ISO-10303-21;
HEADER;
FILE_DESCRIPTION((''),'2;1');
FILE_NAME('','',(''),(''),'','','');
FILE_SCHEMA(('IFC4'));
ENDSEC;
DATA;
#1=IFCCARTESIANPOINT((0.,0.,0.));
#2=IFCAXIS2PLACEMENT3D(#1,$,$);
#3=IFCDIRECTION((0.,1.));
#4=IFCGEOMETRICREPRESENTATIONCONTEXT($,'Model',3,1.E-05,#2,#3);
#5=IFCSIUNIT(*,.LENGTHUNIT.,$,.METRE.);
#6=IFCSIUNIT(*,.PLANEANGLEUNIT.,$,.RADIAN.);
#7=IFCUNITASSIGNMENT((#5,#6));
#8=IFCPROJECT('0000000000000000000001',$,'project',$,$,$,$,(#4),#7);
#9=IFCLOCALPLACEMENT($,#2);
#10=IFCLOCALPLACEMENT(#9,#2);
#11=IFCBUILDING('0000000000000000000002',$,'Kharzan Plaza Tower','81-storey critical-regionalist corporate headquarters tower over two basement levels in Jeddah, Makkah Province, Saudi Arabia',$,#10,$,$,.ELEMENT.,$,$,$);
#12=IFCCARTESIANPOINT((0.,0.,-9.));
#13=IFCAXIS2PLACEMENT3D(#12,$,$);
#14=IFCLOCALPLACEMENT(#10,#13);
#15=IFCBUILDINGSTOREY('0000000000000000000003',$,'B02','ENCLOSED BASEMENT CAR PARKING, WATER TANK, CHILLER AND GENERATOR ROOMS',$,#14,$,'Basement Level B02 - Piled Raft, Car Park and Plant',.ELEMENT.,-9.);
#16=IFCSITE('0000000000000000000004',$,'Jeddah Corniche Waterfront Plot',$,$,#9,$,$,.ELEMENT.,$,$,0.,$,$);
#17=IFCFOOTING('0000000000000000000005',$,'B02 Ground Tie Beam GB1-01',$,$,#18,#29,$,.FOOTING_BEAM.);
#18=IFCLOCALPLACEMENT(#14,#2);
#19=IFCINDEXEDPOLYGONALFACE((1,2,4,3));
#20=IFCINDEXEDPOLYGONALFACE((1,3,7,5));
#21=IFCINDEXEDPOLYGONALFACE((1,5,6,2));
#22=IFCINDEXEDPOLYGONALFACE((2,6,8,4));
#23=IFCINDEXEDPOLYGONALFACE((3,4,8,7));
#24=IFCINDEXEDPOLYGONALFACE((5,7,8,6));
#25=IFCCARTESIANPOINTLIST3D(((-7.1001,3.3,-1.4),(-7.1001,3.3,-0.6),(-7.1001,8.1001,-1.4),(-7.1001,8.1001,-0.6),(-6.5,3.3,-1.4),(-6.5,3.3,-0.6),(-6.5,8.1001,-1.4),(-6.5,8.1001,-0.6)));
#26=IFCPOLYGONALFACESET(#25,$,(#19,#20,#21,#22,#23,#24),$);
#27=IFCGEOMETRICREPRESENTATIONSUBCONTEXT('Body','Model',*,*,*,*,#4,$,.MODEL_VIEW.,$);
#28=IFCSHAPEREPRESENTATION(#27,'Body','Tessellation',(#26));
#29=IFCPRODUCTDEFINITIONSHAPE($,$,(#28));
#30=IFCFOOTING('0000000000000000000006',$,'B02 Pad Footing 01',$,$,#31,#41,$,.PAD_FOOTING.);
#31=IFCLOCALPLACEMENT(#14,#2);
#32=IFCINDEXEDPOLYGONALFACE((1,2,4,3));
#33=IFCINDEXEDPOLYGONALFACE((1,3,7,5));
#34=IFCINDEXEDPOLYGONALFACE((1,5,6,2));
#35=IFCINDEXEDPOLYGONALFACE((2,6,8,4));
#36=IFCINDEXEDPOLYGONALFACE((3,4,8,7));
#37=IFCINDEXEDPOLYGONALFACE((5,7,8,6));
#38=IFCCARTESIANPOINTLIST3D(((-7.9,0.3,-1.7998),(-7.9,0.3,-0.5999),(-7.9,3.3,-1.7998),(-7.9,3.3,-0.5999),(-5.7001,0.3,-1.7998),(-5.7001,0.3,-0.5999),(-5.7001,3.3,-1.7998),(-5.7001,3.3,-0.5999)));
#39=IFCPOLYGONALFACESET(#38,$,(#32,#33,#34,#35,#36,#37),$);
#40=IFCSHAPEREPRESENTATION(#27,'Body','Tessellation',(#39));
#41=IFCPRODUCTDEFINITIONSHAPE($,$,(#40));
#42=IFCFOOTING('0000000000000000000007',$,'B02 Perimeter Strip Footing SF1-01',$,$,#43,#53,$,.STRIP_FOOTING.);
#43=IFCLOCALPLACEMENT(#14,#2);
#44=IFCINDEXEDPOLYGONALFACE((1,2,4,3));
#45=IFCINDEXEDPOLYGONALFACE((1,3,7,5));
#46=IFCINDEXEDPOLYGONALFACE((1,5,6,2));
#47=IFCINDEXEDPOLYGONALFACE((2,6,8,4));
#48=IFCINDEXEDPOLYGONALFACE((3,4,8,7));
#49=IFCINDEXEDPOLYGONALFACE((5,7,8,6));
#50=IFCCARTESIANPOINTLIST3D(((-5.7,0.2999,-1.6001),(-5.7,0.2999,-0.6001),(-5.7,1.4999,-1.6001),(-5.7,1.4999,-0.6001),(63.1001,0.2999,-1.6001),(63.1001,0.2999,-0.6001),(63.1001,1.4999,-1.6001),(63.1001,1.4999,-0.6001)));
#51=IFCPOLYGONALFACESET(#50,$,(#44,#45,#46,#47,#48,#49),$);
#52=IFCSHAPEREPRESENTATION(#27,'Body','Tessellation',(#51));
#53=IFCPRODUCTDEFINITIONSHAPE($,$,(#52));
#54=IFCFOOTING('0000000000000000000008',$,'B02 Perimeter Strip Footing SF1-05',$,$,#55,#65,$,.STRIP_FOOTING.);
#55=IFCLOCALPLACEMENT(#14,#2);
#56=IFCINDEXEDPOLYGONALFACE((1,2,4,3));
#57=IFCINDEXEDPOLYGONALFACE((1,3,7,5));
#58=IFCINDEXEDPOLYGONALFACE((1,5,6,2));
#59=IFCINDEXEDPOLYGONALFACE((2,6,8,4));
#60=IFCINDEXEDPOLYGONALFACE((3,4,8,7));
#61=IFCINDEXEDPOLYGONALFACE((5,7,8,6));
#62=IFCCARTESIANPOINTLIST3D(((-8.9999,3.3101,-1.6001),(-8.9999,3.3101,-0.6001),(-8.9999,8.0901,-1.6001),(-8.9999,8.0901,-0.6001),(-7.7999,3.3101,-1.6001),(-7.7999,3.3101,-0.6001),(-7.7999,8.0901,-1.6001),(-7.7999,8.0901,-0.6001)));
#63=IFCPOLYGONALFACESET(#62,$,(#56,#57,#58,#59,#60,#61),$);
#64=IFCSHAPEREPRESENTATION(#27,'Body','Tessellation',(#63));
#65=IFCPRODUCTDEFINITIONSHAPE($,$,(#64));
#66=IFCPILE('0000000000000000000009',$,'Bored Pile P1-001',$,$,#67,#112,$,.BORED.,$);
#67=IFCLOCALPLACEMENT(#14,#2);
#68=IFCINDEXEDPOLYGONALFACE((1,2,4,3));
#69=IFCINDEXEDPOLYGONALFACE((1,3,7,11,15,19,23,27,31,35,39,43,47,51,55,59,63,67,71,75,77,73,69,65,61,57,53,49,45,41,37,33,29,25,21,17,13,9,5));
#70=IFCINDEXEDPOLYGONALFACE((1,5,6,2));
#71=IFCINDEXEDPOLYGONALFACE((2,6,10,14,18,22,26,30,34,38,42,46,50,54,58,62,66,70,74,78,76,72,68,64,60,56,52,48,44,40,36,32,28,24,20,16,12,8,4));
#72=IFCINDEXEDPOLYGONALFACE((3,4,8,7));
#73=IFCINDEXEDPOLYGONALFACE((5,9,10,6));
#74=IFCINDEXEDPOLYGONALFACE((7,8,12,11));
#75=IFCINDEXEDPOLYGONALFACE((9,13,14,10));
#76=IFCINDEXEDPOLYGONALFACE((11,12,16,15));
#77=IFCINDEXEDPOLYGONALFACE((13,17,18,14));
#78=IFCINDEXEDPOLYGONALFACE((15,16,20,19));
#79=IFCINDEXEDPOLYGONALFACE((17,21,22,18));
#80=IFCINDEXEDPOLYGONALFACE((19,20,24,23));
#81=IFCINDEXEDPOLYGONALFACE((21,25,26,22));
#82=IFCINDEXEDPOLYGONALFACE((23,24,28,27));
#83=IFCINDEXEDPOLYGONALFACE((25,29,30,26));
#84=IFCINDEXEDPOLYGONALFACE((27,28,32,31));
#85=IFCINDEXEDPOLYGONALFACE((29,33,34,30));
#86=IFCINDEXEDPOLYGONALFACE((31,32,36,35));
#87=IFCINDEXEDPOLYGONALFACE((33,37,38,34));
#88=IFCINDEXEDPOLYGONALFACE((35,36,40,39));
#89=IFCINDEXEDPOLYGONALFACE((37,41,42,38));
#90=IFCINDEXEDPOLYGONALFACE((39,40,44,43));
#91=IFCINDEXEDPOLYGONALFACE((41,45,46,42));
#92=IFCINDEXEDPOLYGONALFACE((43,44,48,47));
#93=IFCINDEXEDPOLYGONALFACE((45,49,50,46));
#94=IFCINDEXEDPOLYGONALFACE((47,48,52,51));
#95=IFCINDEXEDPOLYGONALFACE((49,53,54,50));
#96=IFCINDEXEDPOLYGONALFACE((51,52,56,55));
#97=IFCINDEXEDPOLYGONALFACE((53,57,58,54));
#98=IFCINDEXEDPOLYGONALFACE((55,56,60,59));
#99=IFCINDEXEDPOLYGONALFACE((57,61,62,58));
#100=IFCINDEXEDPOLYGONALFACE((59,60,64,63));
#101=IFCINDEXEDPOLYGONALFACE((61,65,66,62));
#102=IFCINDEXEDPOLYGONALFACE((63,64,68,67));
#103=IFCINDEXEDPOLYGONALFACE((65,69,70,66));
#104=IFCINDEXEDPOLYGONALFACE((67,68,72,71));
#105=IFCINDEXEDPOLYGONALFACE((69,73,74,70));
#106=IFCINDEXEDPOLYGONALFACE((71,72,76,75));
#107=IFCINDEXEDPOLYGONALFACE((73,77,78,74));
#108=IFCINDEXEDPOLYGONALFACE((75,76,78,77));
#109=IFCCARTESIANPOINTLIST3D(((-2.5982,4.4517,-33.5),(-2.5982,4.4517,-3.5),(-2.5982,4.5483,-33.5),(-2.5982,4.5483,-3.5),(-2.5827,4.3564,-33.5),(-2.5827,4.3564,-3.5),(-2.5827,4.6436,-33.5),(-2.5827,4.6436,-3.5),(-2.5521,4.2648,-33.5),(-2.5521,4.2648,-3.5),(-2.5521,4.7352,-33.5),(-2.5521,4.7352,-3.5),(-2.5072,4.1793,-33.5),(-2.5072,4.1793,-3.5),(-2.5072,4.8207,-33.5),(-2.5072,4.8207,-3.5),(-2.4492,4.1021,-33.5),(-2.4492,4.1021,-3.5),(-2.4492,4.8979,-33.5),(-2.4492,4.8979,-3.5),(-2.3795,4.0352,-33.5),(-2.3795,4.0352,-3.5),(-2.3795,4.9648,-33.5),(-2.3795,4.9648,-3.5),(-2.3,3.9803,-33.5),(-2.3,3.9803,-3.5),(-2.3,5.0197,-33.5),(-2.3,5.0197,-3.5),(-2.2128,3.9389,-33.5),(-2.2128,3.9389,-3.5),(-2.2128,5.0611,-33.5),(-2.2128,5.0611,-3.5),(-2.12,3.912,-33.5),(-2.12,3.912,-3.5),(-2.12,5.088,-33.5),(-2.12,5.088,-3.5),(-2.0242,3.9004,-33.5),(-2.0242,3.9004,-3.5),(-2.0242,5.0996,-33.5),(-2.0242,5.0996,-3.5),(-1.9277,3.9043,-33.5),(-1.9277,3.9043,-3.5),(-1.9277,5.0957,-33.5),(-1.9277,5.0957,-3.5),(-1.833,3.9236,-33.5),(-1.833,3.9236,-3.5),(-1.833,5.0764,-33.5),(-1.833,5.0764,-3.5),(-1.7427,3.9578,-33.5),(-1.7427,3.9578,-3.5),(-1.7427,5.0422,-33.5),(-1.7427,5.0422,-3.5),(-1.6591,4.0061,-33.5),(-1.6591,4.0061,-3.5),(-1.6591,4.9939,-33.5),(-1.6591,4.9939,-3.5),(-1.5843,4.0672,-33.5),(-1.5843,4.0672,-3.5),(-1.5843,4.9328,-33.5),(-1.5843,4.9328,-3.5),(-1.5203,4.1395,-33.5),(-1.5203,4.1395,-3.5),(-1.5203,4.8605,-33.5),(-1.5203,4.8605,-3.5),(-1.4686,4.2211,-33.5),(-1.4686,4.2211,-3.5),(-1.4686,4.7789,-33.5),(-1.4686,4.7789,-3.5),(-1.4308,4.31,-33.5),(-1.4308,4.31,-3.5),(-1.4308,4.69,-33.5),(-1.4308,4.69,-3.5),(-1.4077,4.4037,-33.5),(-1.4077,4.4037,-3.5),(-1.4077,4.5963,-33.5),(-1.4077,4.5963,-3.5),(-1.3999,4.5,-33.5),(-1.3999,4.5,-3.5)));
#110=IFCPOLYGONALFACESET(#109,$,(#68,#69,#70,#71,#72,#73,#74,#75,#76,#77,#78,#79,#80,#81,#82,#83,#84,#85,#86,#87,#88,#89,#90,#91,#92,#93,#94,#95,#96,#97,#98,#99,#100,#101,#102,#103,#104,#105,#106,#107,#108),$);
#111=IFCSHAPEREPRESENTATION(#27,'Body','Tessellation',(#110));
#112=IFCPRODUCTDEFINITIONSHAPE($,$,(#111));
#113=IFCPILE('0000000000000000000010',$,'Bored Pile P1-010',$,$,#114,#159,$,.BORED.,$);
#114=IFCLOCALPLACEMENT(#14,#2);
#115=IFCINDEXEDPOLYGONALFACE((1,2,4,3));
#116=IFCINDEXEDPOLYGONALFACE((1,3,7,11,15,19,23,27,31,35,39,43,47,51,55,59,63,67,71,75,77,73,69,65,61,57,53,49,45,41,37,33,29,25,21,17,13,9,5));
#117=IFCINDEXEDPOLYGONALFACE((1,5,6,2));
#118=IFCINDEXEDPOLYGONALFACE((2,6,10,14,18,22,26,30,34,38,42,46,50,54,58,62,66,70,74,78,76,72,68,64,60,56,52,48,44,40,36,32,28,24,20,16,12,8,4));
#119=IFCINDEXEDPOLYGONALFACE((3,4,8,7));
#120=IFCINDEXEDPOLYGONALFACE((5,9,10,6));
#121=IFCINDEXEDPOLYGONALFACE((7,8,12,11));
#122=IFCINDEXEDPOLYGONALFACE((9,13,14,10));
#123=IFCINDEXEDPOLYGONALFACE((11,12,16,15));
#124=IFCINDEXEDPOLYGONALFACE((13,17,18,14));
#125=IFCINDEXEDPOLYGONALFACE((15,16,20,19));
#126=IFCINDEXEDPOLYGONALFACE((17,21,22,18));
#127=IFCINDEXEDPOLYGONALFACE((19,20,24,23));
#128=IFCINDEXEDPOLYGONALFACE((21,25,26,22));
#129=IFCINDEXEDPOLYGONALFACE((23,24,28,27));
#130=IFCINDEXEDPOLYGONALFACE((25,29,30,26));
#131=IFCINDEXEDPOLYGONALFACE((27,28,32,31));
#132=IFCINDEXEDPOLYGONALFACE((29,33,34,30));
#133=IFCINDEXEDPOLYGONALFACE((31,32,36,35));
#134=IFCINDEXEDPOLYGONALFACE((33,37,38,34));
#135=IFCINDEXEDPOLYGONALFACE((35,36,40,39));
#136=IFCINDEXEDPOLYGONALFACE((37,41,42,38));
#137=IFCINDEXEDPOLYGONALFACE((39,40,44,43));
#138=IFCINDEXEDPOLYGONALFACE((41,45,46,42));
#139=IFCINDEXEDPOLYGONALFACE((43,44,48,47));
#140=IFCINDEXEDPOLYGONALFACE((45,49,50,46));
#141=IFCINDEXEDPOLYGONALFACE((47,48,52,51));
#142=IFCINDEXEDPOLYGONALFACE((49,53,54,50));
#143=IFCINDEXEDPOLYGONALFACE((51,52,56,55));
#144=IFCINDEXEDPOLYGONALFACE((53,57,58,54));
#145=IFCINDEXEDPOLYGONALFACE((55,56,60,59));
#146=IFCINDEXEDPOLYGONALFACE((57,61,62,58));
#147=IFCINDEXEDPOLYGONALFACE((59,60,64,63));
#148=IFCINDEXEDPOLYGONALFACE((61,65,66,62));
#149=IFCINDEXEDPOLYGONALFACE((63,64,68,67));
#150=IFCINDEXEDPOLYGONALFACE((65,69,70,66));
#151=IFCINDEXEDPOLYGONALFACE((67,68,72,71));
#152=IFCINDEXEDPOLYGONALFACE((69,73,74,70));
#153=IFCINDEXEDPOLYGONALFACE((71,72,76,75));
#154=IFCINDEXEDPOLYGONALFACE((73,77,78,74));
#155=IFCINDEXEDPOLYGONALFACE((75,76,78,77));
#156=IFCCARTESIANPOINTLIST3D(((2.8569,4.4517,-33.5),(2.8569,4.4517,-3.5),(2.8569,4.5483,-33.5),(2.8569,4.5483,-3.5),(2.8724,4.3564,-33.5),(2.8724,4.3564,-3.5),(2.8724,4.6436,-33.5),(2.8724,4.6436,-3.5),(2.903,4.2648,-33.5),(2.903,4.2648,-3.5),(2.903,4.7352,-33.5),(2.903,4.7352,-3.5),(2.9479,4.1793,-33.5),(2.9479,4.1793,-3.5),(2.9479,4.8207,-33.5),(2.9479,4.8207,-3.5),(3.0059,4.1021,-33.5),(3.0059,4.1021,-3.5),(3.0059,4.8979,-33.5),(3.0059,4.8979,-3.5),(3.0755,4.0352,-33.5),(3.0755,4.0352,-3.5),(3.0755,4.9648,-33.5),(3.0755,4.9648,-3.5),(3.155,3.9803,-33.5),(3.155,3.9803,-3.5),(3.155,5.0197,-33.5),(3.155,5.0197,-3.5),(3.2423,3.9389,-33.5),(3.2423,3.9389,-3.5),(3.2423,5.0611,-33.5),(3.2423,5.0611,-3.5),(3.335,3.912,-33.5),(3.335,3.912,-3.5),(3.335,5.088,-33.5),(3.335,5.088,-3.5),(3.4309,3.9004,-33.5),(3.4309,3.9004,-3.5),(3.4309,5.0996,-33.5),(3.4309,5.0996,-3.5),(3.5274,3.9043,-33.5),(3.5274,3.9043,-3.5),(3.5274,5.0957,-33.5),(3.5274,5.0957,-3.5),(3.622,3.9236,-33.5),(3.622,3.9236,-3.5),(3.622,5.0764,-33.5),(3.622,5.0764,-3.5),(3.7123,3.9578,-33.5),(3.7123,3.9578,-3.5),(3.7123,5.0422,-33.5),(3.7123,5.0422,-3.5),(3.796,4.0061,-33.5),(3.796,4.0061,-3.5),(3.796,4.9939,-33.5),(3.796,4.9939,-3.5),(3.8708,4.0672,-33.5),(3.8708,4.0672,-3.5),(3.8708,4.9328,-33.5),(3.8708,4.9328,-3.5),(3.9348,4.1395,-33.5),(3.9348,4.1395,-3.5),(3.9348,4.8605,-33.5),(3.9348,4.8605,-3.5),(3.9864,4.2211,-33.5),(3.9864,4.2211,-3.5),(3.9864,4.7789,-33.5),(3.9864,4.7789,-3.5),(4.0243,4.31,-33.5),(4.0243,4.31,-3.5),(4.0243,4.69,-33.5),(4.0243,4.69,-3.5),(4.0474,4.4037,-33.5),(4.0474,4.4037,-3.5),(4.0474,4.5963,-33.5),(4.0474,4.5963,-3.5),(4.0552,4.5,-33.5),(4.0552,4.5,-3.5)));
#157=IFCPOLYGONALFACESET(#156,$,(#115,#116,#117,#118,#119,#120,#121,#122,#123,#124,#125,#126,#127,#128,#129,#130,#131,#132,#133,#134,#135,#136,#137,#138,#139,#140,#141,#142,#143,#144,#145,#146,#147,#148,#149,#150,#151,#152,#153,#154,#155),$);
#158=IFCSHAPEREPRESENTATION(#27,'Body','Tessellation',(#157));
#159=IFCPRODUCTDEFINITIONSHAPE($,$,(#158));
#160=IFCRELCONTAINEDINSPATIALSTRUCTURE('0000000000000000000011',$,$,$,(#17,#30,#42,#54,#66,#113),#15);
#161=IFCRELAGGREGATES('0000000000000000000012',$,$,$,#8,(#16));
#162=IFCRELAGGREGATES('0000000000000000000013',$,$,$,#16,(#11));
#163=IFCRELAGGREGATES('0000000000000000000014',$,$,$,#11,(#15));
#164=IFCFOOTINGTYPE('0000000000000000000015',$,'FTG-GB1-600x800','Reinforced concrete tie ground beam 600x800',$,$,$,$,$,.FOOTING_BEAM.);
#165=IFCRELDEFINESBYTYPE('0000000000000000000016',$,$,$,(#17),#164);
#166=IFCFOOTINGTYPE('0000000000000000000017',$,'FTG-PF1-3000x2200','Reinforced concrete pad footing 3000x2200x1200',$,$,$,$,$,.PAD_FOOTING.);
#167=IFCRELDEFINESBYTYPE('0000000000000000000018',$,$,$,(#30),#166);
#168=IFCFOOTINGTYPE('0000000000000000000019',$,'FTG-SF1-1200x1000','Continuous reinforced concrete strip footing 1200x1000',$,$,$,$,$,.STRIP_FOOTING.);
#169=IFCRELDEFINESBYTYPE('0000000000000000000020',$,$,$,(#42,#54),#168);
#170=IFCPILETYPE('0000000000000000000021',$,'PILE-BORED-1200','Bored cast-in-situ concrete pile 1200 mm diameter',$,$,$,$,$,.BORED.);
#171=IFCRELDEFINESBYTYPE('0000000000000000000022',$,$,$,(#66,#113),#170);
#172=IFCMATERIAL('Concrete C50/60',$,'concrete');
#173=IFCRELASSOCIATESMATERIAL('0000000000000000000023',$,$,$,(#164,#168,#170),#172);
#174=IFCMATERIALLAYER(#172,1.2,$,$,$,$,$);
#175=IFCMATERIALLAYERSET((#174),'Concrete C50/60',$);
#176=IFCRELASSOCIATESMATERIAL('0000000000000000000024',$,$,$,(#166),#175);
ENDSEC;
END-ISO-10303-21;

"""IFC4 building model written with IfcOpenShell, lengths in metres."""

from ifc_helpers import new_model, si_unit, direction, frame, origin, origin_2d, place, context, subcontext, project, spatial, rectangle, circle, extrude, source, transform, mapped, material, layer, layer_set, material_profile, profile_set, type_object, element, save


model = new_model("IFC4")

# Units and contexts
model_context = context("Model", 3, precision=1e-05, world=origin(), true_north=direction((0.0, 1.0)))
body_context = subcontext(model_context, "Body", "Model", "MODEL_VIEW")
ifc_project = project(units=[si_unit("LENGTHUNIT", "METRE"), si_unit("PLANEANGLEUNIT", "RADIAN")], contexts=[model_context])

# Site, building, storey
site_placement = place(None, origin())
site = spatial("IfcSite", under=ifc_project, at=site_placement, Name="Jeddah Corniche Waterfront Plot", CompositionType="ELEMENT", RefElevation=0.0)
building_placement = place(site_placement, origin())
building = spatial("IfcBuilding", under=site, at=building_placement, Name="Kharzan Plaza Tower", Description="81-storey critical-regionalist corporate headquarters tower over two basement levels in Jeddah, Makkah Province, Saudi Arabia", CompositionType="ELEMENT")
storey_placement = place(building_placement, frame((0.0, 0.0, -9.0)))
storey = spatial("IfcBuildingStorey", under=building, at=storey_placement, Name="B02", Description="ENCLOSED BASEMENT CAR PARKING, WATER TANK, CHILLER AND GENERATOR ROOMS", LongName="Basement Level B02 - Piled Raft, Car Park and Plant", CompositionType="ELEMENT", Elevation=-9.0)

# Footings
ifc_material_1 = material(Name="Concrete C50/60", Category="concrete")
ifc_material_profile_1 = material_profile(ifc_material_1, rectangle(XDim=0.6001, YDim=0.8, at=origin_2d()), Name="GB-600x800")
ifc_profile_set_1 = profile_set([ifc_material_profile_1], Name="Concrete C50/60")
footing_type_1 = type_object("IfcFootingType", Name="FTG-GB1-600x800", Description="Reinforced concrete tie ground beam 600x800", PredefinedType="FOOTING_BEAM", material=ifc_profile_set_1)
shared_shape_1 = source(origin(), body_context, "Body", "SweptSolid", [
    extrude(rectangle(XDim=0.6001, YDim=0.8, at=origin_2d()), origin(), (0.0, 0.0, 1.0), 4.8),
])
footing_1_placement = place(storey_placement, frame((-6.8, 3.3, -1.0), z_axis=(0.0, 1.0, 0.0), x_axis=(-1.0, 0.0, 0.0)))
element("IfcFooting", 1, at=footing_1_placement, inside=storey, type_object=footing_type_1, Name="B02 Ground Tie Beam GB1-01", PredefinedType="FOOTING_BEAM", context=body_context, shape_type="MappedRepresentation", body=[
    mapped(shared_shape_1, transform((0.0, 0.0, 0.0), x_axis=(1.0, 0.0, 0.0), y_axis=(0.0, 1.0, 0.0), z_axis=(0.0, 0.0, 1.0))),
])
ifc_layer_1 = layer(ifc_material_1, 1.2)
ifc_layer_set_1 = layer_set([ifc_layer_1], Name="Concrete C50/60")
footing_type_2 = type_object("IfcFootingType", Name="FTG-PF1-3000x2200", Description="Reinforced concrete pad footing 3000x2200x1200", PredefinedType="PAD_FOOTING", material=ifc_layer_set_1)
shared_shape_2 = source(origin(), body_context, "Body", "SweptSolid", [
    extrude(rectangle(XDim=3.0, YDim=2.2, at=origin_2d()), origin(), (0.0, 0.0, 1.0), 1.2),
])
footing_2_placement = place(storey_placement, frame((-6.8, 1.8, -1.7998), z_axis=(0.0, 0.0, 1.0), x_axis=(0.0, 1.0, 0.0)))
element("IfcFooting", 2, at=footing_2_placement, inside=storey, type_object=footing_type_2, Name="B02 Pad Footing 01", PredefinedType="PAD_FOOTING", context=body_context, shape_type="MappedRepresentation", body=[
    mapped(shared_shape_2, transform((0.0, 0.0, 0.0), x_axis=(1.0, 0.0, 0.0), y_axis=(0.0, 1.0, 0.0), z_axis=(0.0, 0.0, 1.0))),
])
ifc_material_profile_2 = material_profile(ifc_material_1, rectangle(XDim=1.2, YDim=1.0, at=origin_2d()), Name="SF-1200x1000")
ifc_profile_set_2 = profile_set([ifc_material_profile_2], Name="Concrete C50/60")
footing_type_3 = type_object("IfcFootingType", Name="FTG-SF1-1200x1000", Description="Continuous reinforced concrete strip footing 1200x1000", PredefinedType="STRIP_FOOTING", material=ifc_profile_set_2)
shared_shape_3 = source(origin(), body_context, "Body", "SweptSolid", [
    extrude(rectangle(XDim=1.2, YDim=1.0, at=origin_2d()), origin(), (0.0, 0.0, 1.0), 68.8),
])
footing_3_placement = place(storey_placement, frame((-5.7, 0.8999, -1.1001), z_axis=(1.0, 0.0, 0.0), x_axis=(0.0, 1.0, 0.0)))
element("IfcFooting", 3, at=footing_3_placement, inside=storey, type_object=footing_type_3, Name="B02 Perimeter Strip Footing SF1-01", PredefinedType="STRIP_FOOTING", context=body_context, shape_type="MappedRepresentation", body=[
    mapped(shared_shape_3, transform((0.0, 0.0, 0.0), x_axis=(1.0, 0.0, 0.0), y_axis=(0.0, 1.0, 0.0), z_axis=(0.0, 0.0, 1.0))),
])
shared_shape_4 = source(origin(), body_context, "Body", "SweptSolid", [
    extrude(rectangle(XDim=1.2, YDim=1.0, at=origin_2d()), origin(), (0.0, 0.0, 1.0), 4.78),
])
footing_4_placement = place(storey_placement, frame((-8.3999, 3.3101, -1.1001), z_axis=(0.0, 1.0, 0.0), x_axis=(-1.0, 0.0, 0.0)))
element("IfcFooting", 4, at=footing_4_placement, inside=storey, type_object=footing_type_3, Name="B02 Perimeter Strip Footing SF1-05", PredefinedType="STRIP_FOOTING", context=body_context, shape_type="MappedRepresentation", body=[
    mapped(shared_shape_4, transform((0.0, 0.0, 0.0), x_axis=(1.0, 0.0, 0.0), y_axis=(0.0, 1.0, 0.0), z_axis=(0.0, 0.0, 1.0))),
])

# Piles
ifc_material_profile_3 = material_profile(ifc_material_1, circle(Radius=0.6001, at=origin_2d()), Name="PILE-D1200")
ifc_profile_set_3 = profile_set([ifc_material_profile_3], Name="Concrete C50/60")
pile_type_1 = type_object("IfcPileType", Name="PILE-BORED-1200", Description="Bored cast-in-situ concrete pile 1200 mm diameter", PredefinedType="BORED", material=ifc_profile_set_3)
shared_shape_5 = source(origin(), body_context, "Body", "SweptSolid", [
    extrude(circle(Radius=0.6001, at=origin_2d()), origin(), (0.0, 0.0, 1.0), 30.0),
])
for number, where, z_axis, x_axis, name in (
    (5, (-2.0, 4.5, -3.5), (0.0, 0.0, -1.0), (1.0, 0.0, 0.0), "Bored Pile P1-001"),
    (6, (3.4551, 4.5, -3.5), (0.0, 0.0, -1.0), (1.0, 0.0, 0.0), "Bored Pile P1-010"),
):
    element("IfcPile", number, at=place(storey_placement, frame(where, z_axis=z_axis, x_axis=x_axis)), inside=storey, type_object=pile_type_1, Name=name, PredefinedType="BORED", context=body_context, shape_type="MappedRepresentation", body=[
        mapped(shared_shape_5, transform((0.0, 0.0, 0.0), x_axis=(1.0, 0.0, 0.0), y_axis=(0.0, 1.0, 0.0), z_axis=(0.0, 0.0, 1.0))),
    ])

save(model, "model.ifc")
